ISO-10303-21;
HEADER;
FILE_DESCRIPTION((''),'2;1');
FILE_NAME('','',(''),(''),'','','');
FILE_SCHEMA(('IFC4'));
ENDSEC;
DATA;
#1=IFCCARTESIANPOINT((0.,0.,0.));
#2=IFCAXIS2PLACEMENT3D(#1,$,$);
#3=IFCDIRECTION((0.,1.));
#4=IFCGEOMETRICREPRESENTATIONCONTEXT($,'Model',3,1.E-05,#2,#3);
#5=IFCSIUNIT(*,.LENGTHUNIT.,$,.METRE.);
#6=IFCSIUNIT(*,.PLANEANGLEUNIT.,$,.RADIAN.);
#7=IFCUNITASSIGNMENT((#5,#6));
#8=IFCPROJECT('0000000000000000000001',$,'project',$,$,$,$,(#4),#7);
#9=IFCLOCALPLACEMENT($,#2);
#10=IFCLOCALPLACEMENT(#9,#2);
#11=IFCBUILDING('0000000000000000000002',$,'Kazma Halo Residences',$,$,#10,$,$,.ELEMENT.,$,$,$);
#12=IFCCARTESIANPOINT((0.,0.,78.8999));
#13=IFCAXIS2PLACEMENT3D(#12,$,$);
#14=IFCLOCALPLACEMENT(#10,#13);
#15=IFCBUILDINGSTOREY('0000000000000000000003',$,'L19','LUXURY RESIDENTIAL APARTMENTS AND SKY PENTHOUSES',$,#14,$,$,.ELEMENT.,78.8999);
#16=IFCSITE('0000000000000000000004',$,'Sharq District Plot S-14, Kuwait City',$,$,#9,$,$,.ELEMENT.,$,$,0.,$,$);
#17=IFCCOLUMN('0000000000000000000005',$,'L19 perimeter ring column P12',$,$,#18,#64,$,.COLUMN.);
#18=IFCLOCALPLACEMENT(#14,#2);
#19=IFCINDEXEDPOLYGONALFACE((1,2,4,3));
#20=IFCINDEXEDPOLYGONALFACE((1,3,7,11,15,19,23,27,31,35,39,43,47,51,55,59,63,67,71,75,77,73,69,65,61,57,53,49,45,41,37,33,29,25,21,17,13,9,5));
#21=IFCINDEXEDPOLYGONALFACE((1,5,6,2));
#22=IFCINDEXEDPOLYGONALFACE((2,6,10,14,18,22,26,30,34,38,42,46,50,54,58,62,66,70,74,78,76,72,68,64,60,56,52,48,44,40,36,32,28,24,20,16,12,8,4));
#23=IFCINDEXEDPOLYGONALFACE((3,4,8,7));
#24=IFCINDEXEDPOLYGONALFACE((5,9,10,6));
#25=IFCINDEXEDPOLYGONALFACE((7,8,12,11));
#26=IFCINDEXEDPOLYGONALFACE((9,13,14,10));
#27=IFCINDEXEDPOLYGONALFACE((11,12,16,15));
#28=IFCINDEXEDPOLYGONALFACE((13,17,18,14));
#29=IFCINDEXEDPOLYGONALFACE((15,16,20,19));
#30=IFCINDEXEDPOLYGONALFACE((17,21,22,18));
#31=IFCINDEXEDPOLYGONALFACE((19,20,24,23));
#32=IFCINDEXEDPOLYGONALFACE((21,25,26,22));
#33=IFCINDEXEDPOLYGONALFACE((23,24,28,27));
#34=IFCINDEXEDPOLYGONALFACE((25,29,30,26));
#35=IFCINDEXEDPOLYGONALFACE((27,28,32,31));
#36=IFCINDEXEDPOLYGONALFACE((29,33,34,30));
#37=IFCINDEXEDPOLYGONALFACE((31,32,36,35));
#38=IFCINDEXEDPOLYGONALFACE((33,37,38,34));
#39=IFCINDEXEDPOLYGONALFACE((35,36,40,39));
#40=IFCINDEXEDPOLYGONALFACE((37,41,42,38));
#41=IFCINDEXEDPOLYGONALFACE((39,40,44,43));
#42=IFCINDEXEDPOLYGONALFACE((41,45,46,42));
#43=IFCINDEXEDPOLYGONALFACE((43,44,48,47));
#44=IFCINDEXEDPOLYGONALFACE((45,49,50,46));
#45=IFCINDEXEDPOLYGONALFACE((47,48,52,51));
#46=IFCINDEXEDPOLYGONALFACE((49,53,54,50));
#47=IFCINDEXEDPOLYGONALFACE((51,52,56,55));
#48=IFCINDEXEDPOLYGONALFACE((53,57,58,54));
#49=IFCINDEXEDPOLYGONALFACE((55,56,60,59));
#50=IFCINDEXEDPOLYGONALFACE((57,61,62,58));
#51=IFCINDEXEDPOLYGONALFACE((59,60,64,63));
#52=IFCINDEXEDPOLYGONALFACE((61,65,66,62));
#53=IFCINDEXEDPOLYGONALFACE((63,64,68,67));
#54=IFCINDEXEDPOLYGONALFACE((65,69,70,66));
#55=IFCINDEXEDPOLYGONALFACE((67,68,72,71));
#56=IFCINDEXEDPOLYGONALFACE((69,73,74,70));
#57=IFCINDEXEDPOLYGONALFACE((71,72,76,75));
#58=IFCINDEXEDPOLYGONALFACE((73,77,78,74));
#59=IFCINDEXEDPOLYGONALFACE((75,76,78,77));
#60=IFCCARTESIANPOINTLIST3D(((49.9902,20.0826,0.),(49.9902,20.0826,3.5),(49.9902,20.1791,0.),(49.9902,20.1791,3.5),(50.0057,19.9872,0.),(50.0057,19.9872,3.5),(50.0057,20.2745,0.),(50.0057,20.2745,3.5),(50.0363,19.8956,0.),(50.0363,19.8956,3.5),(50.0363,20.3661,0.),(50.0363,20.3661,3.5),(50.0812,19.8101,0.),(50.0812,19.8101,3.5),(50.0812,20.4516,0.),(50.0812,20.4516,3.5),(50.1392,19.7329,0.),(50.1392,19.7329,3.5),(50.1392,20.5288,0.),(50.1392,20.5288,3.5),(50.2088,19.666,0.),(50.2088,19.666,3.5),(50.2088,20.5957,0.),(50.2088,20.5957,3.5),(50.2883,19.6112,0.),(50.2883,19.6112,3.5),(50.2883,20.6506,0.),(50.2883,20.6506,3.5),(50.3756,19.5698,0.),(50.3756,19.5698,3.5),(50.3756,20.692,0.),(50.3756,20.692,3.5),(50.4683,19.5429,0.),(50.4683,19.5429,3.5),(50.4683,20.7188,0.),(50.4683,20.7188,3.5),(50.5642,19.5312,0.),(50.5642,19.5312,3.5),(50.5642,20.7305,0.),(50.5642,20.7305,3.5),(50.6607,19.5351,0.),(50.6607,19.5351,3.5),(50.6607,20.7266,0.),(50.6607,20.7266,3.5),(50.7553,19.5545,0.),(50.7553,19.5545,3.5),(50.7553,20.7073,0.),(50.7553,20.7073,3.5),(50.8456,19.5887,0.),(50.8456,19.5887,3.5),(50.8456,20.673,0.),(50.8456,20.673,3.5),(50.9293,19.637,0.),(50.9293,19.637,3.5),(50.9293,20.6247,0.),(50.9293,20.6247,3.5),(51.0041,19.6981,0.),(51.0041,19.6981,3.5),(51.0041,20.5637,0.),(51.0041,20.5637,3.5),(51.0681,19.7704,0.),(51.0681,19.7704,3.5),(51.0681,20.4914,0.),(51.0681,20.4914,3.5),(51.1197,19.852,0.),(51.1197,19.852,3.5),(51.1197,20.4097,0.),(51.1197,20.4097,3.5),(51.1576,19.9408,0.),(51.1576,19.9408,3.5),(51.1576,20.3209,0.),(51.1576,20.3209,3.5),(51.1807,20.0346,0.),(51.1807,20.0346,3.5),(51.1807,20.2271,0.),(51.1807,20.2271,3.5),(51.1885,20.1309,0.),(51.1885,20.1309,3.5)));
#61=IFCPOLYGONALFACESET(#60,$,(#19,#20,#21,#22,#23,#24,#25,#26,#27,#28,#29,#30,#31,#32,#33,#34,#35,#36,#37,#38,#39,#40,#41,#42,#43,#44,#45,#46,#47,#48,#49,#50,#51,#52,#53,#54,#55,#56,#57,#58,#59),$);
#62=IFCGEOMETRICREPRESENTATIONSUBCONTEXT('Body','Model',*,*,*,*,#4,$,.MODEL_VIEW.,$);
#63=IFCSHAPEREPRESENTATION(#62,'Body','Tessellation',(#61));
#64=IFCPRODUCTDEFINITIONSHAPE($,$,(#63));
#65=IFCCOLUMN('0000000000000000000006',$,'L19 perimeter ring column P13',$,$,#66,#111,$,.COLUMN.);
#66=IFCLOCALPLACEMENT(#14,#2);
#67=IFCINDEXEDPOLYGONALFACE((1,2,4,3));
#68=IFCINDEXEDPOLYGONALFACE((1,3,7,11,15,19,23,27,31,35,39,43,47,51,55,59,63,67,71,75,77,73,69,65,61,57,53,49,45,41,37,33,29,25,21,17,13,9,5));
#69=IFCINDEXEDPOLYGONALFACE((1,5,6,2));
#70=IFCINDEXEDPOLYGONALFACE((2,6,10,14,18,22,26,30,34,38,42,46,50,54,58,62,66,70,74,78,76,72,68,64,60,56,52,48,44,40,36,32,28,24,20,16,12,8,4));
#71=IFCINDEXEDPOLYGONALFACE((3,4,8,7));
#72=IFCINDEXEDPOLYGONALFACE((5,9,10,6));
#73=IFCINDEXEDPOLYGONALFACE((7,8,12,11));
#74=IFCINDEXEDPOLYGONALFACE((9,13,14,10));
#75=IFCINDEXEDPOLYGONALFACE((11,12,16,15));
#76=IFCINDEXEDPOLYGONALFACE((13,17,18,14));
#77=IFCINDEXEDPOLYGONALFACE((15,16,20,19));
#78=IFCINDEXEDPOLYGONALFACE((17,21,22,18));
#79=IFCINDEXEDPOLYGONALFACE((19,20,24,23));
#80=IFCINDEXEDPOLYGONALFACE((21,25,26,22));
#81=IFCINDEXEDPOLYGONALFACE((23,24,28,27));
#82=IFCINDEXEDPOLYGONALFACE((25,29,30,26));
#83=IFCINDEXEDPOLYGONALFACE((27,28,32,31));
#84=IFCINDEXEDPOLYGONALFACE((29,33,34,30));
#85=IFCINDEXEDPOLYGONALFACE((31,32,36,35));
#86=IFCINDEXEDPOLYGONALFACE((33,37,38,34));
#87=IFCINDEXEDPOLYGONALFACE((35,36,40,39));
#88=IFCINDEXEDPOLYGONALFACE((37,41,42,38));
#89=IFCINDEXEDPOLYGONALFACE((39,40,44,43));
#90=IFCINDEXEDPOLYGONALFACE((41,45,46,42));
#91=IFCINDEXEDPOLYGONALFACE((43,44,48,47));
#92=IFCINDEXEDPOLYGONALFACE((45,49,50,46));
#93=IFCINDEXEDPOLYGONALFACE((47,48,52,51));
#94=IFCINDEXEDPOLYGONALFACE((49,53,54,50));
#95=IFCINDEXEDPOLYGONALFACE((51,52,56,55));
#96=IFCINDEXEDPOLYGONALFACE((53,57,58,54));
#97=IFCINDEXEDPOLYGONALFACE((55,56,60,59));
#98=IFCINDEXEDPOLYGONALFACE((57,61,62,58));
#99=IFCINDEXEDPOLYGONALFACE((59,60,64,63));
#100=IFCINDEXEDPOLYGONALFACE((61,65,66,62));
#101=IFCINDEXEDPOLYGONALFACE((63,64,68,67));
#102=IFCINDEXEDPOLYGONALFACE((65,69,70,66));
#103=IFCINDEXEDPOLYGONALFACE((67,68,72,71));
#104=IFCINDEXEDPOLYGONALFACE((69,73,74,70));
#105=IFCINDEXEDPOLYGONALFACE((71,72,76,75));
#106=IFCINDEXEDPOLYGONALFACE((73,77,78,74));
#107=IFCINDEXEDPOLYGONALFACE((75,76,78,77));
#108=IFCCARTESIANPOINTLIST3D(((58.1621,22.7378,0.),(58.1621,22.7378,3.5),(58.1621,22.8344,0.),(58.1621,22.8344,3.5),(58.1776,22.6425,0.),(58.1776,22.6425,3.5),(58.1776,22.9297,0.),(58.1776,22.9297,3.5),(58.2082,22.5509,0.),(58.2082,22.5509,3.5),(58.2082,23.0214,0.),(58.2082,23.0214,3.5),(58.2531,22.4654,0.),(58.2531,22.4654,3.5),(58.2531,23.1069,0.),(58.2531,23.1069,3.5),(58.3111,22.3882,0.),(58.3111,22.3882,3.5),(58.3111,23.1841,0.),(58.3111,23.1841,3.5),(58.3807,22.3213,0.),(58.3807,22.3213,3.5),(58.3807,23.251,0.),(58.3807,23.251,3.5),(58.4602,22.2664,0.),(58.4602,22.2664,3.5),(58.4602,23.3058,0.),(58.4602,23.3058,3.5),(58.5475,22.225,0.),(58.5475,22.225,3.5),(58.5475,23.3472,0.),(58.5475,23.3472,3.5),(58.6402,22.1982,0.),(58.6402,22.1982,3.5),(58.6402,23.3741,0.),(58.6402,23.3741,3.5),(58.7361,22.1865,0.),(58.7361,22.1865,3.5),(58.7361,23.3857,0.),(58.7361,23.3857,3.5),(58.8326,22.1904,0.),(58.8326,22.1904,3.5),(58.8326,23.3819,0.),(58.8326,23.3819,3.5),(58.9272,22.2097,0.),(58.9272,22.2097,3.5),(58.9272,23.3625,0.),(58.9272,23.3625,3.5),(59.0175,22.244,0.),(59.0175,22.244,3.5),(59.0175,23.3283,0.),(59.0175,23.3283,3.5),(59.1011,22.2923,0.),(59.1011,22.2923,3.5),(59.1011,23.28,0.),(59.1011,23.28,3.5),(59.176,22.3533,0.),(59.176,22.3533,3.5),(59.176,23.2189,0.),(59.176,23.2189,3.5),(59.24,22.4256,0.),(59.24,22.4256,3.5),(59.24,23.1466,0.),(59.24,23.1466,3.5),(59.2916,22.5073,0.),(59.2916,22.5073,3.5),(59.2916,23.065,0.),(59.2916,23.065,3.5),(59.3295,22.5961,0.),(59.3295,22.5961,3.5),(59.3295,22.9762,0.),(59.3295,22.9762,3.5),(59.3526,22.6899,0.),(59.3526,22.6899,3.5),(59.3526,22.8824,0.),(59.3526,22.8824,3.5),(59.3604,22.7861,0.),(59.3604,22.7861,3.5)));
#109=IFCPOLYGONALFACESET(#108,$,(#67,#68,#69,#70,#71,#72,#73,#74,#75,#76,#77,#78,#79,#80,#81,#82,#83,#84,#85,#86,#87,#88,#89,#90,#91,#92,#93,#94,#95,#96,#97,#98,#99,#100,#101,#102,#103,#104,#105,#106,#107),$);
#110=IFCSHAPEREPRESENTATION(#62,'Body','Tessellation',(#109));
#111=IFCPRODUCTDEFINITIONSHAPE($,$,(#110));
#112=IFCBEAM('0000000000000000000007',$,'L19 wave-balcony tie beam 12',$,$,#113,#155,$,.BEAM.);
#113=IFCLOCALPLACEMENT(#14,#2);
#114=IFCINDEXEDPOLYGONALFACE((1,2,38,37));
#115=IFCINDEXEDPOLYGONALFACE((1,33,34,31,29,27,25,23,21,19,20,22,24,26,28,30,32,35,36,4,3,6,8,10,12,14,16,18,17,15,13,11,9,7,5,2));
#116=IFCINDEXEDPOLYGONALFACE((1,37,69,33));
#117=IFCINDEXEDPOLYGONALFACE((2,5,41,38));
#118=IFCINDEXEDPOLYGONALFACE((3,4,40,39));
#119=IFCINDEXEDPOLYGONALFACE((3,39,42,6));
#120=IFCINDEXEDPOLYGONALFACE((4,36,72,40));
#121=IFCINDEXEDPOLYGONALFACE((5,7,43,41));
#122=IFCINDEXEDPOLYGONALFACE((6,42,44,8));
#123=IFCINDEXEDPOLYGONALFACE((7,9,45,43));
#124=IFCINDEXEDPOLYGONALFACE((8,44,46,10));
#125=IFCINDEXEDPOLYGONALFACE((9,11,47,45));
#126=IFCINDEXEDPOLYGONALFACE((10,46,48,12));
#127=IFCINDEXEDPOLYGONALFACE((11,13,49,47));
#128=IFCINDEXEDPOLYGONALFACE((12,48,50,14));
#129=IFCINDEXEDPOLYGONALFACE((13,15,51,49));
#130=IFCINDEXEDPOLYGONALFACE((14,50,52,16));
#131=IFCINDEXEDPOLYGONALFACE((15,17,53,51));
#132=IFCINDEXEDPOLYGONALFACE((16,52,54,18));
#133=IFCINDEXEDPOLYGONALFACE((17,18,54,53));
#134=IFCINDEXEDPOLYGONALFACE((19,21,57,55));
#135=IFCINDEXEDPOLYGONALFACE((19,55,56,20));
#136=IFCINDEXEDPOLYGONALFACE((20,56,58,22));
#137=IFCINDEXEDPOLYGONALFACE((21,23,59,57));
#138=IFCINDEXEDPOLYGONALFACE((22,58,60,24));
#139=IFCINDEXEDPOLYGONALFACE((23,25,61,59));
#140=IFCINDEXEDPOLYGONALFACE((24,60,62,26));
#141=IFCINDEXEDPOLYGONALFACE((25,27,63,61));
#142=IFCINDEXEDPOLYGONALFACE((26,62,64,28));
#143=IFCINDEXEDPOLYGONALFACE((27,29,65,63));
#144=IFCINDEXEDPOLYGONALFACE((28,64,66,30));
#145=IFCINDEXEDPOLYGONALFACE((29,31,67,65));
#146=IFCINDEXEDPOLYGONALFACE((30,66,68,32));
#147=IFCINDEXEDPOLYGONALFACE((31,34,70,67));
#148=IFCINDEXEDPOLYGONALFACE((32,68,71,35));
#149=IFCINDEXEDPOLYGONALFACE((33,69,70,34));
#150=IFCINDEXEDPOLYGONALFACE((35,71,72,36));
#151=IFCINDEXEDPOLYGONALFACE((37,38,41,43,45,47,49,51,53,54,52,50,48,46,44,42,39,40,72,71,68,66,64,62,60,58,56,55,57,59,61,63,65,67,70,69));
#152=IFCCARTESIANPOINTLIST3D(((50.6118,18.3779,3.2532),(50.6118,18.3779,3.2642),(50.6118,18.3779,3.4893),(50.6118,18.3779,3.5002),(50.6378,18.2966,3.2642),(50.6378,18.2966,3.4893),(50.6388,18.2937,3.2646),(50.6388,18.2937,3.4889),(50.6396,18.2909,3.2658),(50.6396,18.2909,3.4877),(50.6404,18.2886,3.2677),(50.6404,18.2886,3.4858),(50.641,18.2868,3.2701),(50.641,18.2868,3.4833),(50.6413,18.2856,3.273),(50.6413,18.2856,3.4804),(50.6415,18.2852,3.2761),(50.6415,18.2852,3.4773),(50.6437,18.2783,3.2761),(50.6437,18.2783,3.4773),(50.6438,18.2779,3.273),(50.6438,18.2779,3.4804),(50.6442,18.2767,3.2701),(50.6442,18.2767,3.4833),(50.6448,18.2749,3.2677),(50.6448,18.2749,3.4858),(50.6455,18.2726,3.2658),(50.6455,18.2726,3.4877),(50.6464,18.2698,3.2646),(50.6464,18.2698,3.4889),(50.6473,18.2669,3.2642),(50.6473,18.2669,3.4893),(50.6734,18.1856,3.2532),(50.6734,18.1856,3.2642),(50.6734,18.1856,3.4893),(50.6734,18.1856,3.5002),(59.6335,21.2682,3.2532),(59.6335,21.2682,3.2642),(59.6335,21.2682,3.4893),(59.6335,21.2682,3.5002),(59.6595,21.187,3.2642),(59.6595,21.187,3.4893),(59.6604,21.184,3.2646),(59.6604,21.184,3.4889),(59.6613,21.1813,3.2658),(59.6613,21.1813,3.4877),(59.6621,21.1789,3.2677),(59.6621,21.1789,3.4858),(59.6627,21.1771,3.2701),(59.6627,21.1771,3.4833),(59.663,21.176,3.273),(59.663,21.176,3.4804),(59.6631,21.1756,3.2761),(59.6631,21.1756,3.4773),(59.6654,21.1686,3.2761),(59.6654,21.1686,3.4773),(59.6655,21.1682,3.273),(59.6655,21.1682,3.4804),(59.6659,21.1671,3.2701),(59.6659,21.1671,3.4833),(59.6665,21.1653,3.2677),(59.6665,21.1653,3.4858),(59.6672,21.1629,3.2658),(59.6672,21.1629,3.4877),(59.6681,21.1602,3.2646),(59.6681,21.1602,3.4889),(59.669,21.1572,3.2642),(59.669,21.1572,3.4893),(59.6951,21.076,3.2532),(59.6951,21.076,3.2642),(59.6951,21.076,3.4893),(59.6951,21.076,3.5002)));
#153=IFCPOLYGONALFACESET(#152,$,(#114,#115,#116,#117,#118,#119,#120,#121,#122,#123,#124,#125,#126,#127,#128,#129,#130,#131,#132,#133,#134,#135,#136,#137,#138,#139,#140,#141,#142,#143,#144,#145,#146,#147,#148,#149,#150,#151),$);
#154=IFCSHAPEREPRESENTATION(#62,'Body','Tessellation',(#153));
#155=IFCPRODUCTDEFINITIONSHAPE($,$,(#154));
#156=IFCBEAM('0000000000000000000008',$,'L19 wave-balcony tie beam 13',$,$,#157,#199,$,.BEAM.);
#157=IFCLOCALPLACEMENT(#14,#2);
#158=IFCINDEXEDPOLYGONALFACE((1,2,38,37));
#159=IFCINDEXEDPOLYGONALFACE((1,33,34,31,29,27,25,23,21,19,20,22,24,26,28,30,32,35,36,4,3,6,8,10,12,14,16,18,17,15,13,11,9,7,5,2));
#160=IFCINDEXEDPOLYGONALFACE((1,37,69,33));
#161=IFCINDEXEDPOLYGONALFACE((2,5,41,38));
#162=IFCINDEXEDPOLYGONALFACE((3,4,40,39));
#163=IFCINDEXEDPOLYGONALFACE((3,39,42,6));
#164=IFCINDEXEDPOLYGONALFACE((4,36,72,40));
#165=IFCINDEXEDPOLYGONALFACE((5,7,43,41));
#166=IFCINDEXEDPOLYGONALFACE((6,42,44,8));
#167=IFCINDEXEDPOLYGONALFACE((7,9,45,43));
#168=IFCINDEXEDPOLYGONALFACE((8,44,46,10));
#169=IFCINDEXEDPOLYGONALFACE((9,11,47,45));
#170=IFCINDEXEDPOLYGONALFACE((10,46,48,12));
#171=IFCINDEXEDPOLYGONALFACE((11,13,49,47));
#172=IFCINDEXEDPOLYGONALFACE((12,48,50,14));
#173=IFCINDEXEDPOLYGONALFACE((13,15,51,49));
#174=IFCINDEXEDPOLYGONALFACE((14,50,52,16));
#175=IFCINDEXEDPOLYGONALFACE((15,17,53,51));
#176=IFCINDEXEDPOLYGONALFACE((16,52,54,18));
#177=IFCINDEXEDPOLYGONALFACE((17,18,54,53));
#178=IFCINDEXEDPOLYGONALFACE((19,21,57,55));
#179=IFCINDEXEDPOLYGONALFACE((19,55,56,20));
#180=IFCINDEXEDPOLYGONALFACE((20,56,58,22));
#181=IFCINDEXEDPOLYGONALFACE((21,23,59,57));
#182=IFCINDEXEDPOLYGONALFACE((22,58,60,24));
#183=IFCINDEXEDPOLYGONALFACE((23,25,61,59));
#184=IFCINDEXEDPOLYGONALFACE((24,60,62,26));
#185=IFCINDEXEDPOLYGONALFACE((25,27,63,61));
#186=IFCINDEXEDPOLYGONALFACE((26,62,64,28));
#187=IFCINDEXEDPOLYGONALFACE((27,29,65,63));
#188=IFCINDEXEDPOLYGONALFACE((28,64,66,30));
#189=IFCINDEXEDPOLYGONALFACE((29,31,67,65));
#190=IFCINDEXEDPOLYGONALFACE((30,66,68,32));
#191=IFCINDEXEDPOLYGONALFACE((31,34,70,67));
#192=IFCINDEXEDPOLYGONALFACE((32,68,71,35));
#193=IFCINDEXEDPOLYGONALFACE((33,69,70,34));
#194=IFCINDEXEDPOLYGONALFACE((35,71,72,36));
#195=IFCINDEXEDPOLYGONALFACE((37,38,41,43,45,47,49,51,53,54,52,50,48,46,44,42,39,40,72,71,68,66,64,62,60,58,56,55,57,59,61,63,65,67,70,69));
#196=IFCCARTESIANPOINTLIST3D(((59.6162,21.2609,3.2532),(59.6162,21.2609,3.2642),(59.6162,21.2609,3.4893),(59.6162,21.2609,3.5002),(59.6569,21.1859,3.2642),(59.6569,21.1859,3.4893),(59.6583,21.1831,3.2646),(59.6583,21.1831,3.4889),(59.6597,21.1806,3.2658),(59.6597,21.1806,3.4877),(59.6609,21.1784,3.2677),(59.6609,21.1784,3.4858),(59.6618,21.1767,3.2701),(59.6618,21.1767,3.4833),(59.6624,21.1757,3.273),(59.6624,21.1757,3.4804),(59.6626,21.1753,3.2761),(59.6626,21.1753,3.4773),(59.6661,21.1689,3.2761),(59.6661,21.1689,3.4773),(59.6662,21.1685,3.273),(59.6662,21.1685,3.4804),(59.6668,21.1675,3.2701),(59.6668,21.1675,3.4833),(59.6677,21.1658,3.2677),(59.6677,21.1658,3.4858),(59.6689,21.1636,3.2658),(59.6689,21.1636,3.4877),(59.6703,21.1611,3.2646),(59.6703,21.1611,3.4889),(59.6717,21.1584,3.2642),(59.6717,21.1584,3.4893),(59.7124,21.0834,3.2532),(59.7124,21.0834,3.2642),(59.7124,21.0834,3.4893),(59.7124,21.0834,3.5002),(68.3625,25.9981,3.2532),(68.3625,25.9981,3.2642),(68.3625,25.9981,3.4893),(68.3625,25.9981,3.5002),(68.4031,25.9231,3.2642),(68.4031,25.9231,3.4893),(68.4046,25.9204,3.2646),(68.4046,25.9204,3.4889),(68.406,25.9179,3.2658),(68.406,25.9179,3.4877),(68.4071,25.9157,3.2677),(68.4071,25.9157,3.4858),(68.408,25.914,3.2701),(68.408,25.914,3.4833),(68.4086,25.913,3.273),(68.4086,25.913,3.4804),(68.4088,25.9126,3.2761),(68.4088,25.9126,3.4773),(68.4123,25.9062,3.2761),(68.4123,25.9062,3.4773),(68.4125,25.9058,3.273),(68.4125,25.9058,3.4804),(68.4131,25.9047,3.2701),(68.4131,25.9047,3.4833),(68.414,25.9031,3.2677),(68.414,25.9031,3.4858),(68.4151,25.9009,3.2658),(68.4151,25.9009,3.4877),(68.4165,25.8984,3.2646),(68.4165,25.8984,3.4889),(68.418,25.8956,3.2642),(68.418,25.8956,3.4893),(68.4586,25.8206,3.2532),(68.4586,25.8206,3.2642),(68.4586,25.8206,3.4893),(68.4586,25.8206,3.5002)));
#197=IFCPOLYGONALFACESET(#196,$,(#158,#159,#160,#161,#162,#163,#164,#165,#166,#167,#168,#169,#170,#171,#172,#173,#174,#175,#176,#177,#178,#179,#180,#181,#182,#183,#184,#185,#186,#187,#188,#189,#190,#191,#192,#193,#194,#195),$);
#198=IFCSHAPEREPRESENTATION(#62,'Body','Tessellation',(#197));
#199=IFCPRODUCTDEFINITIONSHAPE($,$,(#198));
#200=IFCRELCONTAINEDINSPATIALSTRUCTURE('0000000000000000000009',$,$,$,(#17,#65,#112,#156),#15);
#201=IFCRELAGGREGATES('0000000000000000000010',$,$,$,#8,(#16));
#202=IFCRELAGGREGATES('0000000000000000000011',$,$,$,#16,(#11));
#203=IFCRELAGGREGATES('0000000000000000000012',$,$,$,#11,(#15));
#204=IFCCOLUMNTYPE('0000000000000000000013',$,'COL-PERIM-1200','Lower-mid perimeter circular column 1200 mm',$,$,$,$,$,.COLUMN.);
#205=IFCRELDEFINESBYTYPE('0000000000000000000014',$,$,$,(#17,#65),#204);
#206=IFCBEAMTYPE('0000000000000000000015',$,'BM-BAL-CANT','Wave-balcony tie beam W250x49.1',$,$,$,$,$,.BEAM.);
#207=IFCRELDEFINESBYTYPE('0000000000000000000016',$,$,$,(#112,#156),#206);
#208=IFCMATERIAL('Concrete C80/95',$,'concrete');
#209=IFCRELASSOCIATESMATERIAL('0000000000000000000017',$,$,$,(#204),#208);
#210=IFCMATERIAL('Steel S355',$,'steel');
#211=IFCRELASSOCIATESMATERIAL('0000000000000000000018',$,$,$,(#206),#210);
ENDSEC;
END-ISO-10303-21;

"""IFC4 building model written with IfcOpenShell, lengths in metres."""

from ifc_helpers import new_model, si_unit, direction, frame, origin, origin_2d, place, context, subcontext, project, spatial, circle, i_section, extrude, material, material_profile, profile_set, type_object, element, save


model = new_model("IFC4")

# Units and contexts
model_context = context("Model", 3, precision=1e-05, world=origin(), true_north=direction((0.0, 1.0)))
body_context = subcontext(model_context, "Body", "Model", "MODEL_VIEW")
ifc_project = project(units=[si_unit("LENGTHUNIT", "METRE"), si_unit("PLANEANGLEUNIT", "RADIAN")], contexts=[model_context])

# Site, building, storey
site_placement = place(None, origin())
site = spatial("IfcSite", under=ifc_project, at=site_placement, Name="Sharq District Plot S-14, Kuwait City", CompositionType="ELEMENT", RefElevation=0.0)
building_placement = place(site_placement, origin())
building = spatial("IfcBuilding", under=site, at=building_placement, Name="Kazma Halo Residences", CompositionType="ELEMENT")
storey_placement = place(building_placement, frame((0.0, 0.0, 78.8999)))
storey = spatial("IfcBuildingStorey", under=building, at=storey_placement, Name="L19", Description="LUXURY RESIDENTIAL APARTMENTS AND SKY PENTHOUSES", CompositionType="ELEMENT", Elevation=78.8999)

# Columns
ifc_material_1 = material(Name="Concrete C80/95", Category="concrete")
ifc_material_profile_1 = material_profile(ifc_material_1, circle(Radius=0.6001, at=origin_2d()), Name="CIRC1200")
ifc_profile_set_1 = profile_set([ifc_material_profile_1], Name="Concrete C80/95")
column_type = type_object("IfcColumnType", Name="COL-PERIM-1200", Description="Lower-mid perimeter circular column 1200 mm", PredefinedType="COLUMN", material=ifc_profile_set_1)
for number, where, z_axis, x_axis, name in (
    (1, (50.5884, 20.1309, 0.0), (0.0, 0.0, 1.0), (1.0, 0.0, 0.0), "L19 perimeter ring column P12"),
    (2, (58.7603, 22.7861, 0.0), (0.0, 0.0, 1.0), (1.0, 0.0, 0.0), "L19 perimeter ring column P13"),
):
    element("IfcColumn", number, at=place(storey_placement, frame(where, z_axis=z_axis, x_axis=x_axis)), inside=storey, type_object=column_type, Name=name, PredefinedType="COLUMN", context=body_context, shape_type="SweptSolid", body=[
        extrude(circle(Radius=0.6001, at=origin_2d()), origin(), (0.0, 0.0, 1.0), 3.5),
    ])

# Beams
ifc_material_2 = material(Name="Steel S355", Category="steel")
ifc_material_profile_2 = material_profile(ifc_material_2, i_section(OverallWidth=0.2019, OverallDepth=0.2471, WebThickness=0.0073, FlangeThickness=0.011, FilletRadius=0.012, at=origin_2d()), Name="W250x49.1")
ifc_profile_set_2 = profile_set([ifc_material_profile_2], Name="Steel S355")
beam_type_1 = type_object("IfcBeamType", Name="BM-BAL-CANT", Description="Wave-balcony tie beam W250x49.1", PredefinedType="BEAM", material=ifc_profile_set_2)
beam_1_placement = place(storey_placement, frame((50.6426, 18.2817, 3.3767), z_axis=(0.952319, 0.305104, 0.0), x_axis=(-0.305104, 0.952319, 0.0)))
element("IfcBeam", 3, at=beam_1_placement, inside=storey, type_object=beam_type_1, Name="L19 wave-balcony tie beam 12", PredefinedType="BEAM", context=body_context, shape_type="SweptSolid", body=[
    extrude(i_section(OverallWidth=0.2019, OverallDepth=0.2471, WebThickness=0.0073, FlangeThickness=0.011, FilletRadius=0.012, at=origin_2d()), origin(), (0.0, 0.0, 1.0), 9.4734),
])
beam_2_placement = place(storey_placement, frame((59.6643, 21.1721, 3.3767), z_axis=(0.879304, 0.47626, 0.0), x_axis=(-0.47626, 0.879304, 0.0)))
element("IfcBeam", 4, at=beam_2_placement, inside=storey, type_object=beam_type_1, Name="L19 wave-balcony tie beam 13", PredefinedType="BEAM", context=body_context, shape_type="SweptSolid", body=[
    extrude(i_section(OverallWidth=0.2019, OverallDepth=0.2471, WebThickness=0.0073, FlangeThickness=0.011, FilletRadius=0.012, at=origin_2d()), origin(), (0.0, 0.0, 1.0), 9.9468),
])

save(model, "model.ifc")
